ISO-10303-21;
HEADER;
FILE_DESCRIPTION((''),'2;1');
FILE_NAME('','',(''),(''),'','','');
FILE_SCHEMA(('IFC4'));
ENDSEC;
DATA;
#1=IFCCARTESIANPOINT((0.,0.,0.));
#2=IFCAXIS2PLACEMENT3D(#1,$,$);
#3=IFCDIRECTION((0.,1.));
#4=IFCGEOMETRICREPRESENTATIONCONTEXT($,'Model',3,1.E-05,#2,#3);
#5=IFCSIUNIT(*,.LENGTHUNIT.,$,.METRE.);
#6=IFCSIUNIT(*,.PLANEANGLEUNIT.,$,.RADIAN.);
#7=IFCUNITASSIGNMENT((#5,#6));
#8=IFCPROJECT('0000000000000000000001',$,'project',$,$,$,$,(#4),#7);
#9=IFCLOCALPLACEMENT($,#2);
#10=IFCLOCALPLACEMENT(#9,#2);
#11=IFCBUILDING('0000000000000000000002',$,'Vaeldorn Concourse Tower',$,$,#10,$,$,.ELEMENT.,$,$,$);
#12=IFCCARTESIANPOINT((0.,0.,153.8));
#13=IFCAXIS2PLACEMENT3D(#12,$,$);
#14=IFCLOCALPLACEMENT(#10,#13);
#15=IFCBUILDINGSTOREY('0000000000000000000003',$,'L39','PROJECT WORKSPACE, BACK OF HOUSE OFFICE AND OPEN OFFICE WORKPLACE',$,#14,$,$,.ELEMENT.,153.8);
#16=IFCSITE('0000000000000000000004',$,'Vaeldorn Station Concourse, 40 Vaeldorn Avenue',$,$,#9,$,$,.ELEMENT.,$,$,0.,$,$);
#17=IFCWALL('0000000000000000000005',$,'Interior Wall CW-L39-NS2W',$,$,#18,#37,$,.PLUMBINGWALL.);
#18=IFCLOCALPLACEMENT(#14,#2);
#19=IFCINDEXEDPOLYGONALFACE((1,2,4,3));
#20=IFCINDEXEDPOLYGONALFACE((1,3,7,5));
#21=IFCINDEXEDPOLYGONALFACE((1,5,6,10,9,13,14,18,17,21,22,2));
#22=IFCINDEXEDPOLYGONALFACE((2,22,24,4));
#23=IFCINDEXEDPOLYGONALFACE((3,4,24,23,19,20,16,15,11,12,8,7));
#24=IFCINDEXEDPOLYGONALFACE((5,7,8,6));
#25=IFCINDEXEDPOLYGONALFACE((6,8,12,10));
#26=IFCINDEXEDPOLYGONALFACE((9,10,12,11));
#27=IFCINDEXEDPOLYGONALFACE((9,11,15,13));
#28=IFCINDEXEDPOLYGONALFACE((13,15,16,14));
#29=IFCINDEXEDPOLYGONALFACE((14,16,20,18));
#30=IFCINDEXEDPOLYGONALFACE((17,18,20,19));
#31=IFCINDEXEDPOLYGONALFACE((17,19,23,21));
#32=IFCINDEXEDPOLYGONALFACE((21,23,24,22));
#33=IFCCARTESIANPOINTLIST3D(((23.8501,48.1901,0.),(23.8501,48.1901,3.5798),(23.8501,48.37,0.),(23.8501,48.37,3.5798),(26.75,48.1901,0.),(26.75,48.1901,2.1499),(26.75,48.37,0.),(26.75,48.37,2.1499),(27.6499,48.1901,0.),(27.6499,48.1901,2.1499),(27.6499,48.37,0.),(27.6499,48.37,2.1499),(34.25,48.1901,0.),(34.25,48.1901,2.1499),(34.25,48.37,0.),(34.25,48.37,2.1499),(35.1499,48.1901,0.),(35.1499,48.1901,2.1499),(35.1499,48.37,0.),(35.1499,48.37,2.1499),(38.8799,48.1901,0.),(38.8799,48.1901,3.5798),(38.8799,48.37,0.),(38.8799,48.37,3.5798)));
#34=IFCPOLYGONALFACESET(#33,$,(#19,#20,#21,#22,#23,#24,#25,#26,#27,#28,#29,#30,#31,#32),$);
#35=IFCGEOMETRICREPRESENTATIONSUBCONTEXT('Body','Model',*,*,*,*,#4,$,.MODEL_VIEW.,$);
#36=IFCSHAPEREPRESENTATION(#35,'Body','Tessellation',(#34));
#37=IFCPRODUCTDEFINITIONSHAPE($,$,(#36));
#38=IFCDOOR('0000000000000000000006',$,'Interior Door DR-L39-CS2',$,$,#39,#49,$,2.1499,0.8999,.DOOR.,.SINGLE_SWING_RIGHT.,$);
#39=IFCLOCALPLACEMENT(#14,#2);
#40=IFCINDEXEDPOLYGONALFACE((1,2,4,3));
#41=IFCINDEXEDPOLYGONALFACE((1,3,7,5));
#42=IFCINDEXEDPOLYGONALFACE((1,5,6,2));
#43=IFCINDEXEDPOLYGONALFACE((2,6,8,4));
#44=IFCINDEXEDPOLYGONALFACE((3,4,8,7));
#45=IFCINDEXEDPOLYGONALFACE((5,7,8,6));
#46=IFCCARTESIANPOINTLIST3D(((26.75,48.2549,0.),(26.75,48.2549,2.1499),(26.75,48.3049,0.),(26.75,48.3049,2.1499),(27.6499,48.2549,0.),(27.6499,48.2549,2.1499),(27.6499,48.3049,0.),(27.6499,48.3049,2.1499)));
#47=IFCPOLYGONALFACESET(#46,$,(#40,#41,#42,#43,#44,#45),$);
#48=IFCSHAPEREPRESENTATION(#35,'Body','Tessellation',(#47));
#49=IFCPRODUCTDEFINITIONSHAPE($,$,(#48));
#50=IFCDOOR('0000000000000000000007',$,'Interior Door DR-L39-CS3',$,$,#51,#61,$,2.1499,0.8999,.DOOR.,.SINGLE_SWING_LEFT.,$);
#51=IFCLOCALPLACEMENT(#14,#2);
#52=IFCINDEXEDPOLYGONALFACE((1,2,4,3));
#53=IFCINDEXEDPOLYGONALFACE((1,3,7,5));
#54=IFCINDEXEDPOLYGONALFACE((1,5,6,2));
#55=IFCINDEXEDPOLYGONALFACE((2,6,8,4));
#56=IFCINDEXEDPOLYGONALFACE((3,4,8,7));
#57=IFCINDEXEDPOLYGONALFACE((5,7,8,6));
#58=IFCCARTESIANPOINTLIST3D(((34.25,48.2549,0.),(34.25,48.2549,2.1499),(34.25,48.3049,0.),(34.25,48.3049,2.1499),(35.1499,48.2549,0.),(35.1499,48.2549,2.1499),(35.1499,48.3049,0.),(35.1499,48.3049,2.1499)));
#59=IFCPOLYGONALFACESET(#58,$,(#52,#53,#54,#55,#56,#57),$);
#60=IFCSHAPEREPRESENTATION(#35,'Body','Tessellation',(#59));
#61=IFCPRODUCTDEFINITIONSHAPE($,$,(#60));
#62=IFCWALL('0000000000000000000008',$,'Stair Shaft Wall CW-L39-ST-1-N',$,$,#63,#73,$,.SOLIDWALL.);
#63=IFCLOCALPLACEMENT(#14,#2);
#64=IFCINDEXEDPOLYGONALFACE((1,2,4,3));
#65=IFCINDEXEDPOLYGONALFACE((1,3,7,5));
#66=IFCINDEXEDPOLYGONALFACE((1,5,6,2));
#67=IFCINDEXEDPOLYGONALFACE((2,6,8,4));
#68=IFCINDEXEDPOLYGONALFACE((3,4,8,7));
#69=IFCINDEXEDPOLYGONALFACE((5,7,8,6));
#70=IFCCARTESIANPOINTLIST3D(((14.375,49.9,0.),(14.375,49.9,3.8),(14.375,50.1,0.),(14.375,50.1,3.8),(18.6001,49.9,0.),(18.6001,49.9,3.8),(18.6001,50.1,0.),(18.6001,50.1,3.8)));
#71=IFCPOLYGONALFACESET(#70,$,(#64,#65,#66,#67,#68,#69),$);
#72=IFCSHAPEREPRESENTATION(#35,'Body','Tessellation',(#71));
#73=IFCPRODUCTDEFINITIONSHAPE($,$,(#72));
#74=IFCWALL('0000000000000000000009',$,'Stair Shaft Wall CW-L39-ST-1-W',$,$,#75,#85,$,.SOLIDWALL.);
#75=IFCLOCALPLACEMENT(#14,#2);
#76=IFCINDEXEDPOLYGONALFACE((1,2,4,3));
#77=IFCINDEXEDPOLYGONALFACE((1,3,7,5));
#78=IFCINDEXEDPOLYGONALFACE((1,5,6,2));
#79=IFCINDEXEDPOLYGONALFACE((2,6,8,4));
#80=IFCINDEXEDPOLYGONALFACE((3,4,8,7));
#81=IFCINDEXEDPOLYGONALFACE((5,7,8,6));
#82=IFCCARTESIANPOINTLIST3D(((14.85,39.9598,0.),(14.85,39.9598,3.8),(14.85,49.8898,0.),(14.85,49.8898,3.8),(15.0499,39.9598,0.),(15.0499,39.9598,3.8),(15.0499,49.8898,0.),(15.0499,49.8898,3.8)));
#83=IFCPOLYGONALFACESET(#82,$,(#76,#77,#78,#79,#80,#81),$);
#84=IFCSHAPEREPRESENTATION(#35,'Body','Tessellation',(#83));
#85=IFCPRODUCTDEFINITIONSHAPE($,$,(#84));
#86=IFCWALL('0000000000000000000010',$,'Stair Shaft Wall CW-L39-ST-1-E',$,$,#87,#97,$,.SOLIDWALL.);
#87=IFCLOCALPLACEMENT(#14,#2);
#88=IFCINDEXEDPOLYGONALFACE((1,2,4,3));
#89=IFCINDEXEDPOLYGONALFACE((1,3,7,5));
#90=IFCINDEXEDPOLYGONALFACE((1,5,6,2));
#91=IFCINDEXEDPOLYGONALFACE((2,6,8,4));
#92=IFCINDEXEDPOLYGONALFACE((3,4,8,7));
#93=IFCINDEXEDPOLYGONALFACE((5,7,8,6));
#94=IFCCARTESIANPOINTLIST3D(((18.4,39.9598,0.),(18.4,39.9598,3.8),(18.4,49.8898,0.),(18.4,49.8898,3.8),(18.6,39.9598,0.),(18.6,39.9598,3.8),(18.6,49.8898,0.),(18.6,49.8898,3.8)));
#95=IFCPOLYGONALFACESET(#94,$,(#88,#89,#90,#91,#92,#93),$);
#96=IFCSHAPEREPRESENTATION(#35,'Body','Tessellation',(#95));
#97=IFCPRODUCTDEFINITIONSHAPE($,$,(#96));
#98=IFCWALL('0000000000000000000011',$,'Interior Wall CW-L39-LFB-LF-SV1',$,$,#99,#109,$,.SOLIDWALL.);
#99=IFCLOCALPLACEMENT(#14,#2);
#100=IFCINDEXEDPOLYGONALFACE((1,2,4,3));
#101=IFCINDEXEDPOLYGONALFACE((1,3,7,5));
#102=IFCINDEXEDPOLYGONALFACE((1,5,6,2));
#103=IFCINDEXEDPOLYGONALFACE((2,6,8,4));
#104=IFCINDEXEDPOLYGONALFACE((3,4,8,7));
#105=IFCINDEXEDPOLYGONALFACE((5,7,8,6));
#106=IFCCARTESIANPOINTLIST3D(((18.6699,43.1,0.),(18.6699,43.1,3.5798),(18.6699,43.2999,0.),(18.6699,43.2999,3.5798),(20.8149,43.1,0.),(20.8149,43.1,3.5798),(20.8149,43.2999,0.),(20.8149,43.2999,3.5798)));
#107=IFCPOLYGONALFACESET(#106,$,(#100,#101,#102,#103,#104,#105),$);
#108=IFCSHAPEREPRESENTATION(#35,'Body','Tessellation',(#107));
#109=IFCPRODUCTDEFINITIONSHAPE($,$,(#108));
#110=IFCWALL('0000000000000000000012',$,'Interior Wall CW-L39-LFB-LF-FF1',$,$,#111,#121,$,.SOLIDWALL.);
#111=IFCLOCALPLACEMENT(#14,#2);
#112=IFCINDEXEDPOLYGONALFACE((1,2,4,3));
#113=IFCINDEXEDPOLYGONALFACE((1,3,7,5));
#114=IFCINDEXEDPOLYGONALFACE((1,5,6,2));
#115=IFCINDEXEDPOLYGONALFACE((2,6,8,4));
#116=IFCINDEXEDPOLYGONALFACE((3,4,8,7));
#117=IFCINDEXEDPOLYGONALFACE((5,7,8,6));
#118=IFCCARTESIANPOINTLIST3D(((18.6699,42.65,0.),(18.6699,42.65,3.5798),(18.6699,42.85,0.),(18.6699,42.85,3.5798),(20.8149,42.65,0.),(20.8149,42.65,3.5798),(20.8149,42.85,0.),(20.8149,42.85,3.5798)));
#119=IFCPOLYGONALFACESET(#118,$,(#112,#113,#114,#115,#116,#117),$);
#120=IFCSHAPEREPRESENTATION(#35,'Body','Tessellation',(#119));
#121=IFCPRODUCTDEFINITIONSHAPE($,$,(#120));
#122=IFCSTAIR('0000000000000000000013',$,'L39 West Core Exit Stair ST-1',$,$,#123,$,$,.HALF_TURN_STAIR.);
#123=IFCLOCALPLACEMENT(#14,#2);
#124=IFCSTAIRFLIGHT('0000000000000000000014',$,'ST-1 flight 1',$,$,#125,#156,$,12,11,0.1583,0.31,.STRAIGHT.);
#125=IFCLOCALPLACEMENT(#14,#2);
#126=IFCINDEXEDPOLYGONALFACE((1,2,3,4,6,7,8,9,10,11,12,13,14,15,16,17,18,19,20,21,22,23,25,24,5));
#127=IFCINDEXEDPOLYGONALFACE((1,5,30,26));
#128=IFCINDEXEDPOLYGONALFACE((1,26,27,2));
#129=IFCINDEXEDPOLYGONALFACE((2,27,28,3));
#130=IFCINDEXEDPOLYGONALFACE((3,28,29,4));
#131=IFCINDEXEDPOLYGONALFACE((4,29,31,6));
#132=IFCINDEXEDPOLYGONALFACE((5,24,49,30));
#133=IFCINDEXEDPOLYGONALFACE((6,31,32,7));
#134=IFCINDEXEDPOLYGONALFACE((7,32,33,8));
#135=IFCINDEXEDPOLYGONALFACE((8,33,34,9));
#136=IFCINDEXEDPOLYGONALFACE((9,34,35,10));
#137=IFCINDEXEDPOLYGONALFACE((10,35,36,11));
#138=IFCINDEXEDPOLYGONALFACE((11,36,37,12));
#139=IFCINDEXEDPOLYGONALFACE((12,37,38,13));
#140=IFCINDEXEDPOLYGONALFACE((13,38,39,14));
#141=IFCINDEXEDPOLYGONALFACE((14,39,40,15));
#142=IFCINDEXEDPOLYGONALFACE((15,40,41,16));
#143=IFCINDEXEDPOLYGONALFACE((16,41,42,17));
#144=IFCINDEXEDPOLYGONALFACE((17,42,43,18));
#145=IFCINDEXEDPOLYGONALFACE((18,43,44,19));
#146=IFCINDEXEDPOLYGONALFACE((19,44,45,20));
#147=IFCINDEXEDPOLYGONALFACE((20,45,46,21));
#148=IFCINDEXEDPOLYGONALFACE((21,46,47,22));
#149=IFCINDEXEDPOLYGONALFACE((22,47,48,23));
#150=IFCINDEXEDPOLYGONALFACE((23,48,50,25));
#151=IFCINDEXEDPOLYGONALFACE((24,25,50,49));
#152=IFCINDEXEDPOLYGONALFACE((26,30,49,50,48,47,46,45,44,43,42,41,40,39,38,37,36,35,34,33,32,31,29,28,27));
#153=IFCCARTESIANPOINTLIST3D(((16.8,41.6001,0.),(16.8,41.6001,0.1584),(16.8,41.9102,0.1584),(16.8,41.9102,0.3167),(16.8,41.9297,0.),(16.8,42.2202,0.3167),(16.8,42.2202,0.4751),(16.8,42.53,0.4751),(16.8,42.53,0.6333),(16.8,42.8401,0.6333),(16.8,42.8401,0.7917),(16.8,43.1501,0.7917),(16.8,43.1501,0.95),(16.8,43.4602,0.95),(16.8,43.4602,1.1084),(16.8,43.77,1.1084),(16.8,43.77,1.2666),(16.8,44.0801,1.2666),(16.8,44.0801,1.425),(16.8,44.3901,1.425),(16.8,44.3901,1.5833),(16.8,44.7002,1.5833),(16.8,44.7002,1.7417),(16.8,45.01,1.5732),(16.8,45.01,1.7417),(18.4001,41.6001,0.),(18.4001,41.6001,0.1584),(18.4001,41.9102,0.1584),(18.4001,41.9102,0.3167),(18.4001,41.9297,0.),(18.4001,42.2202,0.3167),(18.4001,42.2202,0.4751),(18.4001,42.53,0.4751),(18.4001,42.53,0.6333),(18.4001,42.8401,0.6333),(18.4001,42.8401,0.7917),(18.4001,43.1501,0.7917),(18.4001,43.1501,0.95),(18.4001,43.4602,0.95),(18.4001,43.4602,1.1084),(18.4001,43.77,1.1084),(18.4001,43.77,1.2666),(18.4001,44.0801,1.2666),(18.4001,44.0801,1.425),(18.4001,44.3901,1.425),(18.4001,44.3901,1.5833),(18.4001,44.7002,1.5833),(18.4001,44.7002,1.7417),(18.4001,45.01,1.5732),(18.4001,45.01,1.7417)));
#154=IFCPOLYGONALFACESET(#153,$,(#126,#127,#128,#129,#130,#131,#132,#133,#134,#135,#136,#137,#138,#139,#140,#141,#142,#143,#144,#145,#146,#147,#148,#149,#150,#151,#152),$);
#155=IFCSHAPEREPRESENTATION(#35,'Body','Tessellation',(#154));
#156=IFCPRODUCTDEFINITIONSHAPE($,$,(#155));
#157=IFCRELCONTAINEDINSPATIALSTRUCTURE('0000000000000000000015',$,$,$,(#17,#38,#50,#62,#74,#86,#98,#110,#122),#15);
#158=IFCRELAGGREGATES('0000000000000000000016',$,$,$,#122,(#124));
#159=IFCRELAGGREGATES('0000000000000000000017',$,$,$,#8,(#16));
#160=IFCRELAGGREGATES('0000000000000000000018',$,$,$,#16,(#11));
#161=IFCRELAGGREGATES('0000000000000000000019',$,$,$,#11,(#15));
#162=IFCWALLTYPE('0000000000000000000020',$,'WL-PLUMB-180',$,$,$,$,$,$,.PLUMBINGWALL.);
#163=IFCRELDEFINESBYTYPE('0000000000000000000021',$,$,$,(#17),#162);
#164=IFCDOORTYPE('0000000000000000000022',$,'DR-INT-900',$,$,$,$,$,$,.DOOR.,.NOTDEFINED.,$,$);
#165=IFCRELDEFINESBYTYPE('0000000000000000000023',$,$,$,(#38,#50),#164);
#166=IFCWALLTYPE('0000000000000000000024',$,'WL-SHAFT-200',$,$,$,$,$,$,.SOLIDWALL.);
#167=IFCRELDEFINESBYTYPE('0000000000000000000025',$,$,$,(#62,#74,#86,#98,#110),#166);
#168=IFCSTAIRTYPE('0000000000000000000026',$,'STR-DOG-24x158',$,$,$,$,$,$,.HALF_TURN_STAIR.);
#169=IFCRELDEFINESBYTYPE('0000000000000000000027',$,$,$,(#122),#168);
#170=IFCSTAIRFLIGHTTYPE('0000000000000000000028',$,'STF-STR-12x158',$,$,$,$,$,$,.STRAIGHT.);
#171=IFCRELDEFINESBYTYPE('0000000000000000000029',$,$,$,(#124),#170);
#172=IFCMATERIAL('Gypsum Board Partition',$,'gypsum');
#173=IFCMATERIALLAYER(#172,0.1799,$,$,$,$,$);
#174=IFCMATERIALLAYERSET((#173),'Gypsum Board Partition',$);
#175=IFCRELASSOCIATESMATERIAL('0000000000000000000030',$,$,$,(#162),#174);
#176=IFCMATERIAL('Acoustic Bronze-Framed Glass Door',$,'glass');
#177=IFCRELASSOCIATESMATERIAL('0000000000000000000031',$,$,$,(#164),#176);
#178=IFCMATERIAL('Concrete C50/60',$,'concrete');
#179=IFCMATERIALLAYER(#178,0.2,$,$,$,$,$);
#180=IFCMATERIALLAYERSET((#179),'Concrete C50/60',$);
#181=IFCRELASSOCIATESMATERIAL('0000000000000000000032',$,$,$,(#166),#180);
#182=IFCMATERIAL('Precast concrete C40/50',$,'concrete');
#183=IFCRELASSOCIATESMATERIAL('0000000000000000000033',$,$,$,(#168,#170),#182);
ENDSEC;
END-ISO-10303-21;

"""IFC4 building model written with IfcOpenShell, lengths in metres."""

from ifc_helpers import new_model, si_unit, direction, frame, frame_2d, origin, place, context, subcontext, project, spatial, polyline, rectangle, outline, extrude, source, transform, mapped, material, layer, layer_set, type_object, element, fill, aggregate, save


model = new_model("IFC4")

# Units and contexts
model_context = context("Model", 3, precision=1e-05, world=origin(), true_north=direction((0.0, 1.0)))
body_context = subcontext(model_context, "Body", "Model", "MODEL_VIEW")
ifc_project = project(units=[si_unit("LENGTHUNIT", "METRE"), si_unit("PLANEANGLEUNIT", "RADIAN")], contexts=[model_context])

# Site, building, storey
site_placement = place(None, origin())
site = spatial("IfcSite", under=ifc_project, at=site_placement, Name="Vaeldorn Station Concourse, 40 Vaeldorn Avenue", CompositionType="ELEMENT", RefElevation=0.0)
building_placement = place(site_placement, origin())
building = spatial("IfcBuilding", under=site, at=building_placement, Name="Vaeldorn Concourse Tower", CompositionType="ELEMENT")
storey_placement = place(building_placement, frame((0.0, 0.0, 153.8)))
storey = spatial("IfcBuildingStorey", under=building, at=storey_placement, Name="L39", Description="PROJECT WORKSPACE, BACK OF HOUSE OFFICE AND OPEN OFFICE WORKPLACE", CompositionType="ELEMENT", Elevation=153.8)

# Shared definitions
ifc_material_1 = material(Name="Gypsum Board Partition", Category="gypsum")

# Wall, openings, doors
ifc_layer_1 = layer(ifc_material_1, 0.1799)
ifc_layer_set_1 = layer_set([ifc_layer_1], Name="Gypsum Board Partition")
wall_type_1 = type_object("IfcWallType", Name="WL-PLUMB-180", PredefinedType="PLUMBINGWALL", material=ifc_layer_set_1)
wall_1_placement = place(storey_placement, frame((23.8501, 48.28, 0.0), z_axis=(0.0, 0.0, 1.0), x_axis=(1.0, 0.0, 0.0)))
wall_1 = element("IfcWall", 1, at=wall_1_placement, inside=storey, type_object=wall_type_1, Name="Interior Wall CW-L39-NS2W", PredefinedType="PLUMBINGWALL", context=body_context, shape_type="SweptSolid", body=[
    extrude(rectangle(XDim=15.0298, YDim=0.1799, at=frame_2d((7.5149, 0.0))), origin(), (0.0, 0.0, 1.0), 3.5798),
])
opening_1_placement = place(wall_1_placement, frame((2.8999, 0.0, 0.0)))
opening_1 = element("IfcOpeningElement", 2, at=opening_1_placement, cuts=wall_1, PredefinedType="OPENING", context=body_context, shape_type="SweptSolid", body=[
    extrude(rectangle(XDim=0.8999, YDim=2.1499, at=frame_2d((0.45, 1.075))), frame((0.0, 0.1001, 0.0), z_axis=(0.0, -1.0, 0.0), x_axis=(1.0, 0.0, 0.0)), (0.0, 0.0, 1.0), 0.2),
])
opening_2_placement = place(wall_1_placement, frame((10.3999, 0.0, 0.0)))
opening_2 = element("IfcOpeningElement", 3, at=opening_2_placement, cuts=wall_1, PredefinedType="OPENING", context=body_context, shape_type="SweptSolid", body=[
    extrude(rectangle(XDim=0.8999, YDim=2.1499, at=frame_2d((0.45, 1.075))), frame((0.0, 0.1001, 0.0), z_axis=(0.0, -1.0, 0.0), x_axis=(1.0, 0.0, 0.0)), (0.0, 0.0, 1.0), 0.2),
])
ifc_material_2 = material(Name="Acoustic Bronze-Framed Glass Door", Category="glass")
door_type_1 = type_object("IfcDoorType", Name="DR-INT-900", OperationType="NOTDEFINED", PredefinedType="DOOR", material=ifc_material_2)
shared_shape_1 = source(origin(), body_context, "Body", "SweptSolid", [
    extrude(rectangle(XDim=0.8999, YDim=2.1499, at=frame_2d((0.45, 1.075))), frame((0.0, 0.0249, 0.0), z_axis=(0.0, -1.0, 0.0), x_axis=(1.0, 0.0, 0.0)), (0.0, 0.0, 1.0), 0.05),
])
door_1_placement = place(opening_1_placement, origin())
door_1 = element("IfcDoor", 4, at=door_1_placement, inside=storey, type_object=door_type_1, Name="Interior Door DR-L39-CS2", OperationType="SINGLE_SWING_RIGHT", OverallHeight=2.1499, OverallWidth=0.8999, PredefinedType="DOOR", context=body_context, shape_type="MappedRepresentation", body=[
    mapped(shared_shape_1, transform((0.0, 0.0, 0.0), scale=1.0)),
])
fill(opening_1, door_1)
door_2_placement = place(opening_2_placement, origin())
door_2 = element("IfcDoor", 5, at=door_2_placement, inside=storey, type_object=door_type_1, Name="Interior Door DR-L39-CS3", OperationType="SINGLE_SWING_LEFT", OverallHeight=2.1499, OverallWidth=0.8999, PredefinedType="DOOR", context=body_context, shape_type="MappedRepresentation", body=[
    mapped(shared_shape_1, transform((0.0, 0.0, 0.0), scale=1.0)),
])
fill(opening_2, door_2)

# Walls
ifc_material_3 = material(Name="Concrete C50/60", Category="concrete")
ifc_layer_2 = layer(ifc_material_3, 0.2)
ifc_layer_set_2 = layer_set([ifc_layer_2], Name="Concrete C50/60")
wall_type_2 = type_object("IfcWallType", Name="WL-SHAFT-200", PredefinedType="SOLIDWALL", material=ifc_layer_set_2)
wall_2_placement = place(storey_placement, frame((14.375, 50.0, 0.0), z_axis=(0.0, 0.0, 1.0), x_axis=(1.0, 0.0, 0.0)))
element("IfcWall", 6, at=wall_2_placement, inside=storey, type_object=wall_type_2, Name="Stair Shaft Wall CW-L39-ST-1-N", PredefinedType="SOLIDWALL", context=body_context, shape_type="SweptSolid", body=[
    extrude(rectangle(XDim=4.2251, YDim=0.2, at=frame_2d((2.1125, 0.0))), origin(), (0.0, 0.0, 1.0), 3.8),
])
for number, where, z_axis, x_axis, name in (
    (7, (14.95, 39.96, 0.0), (0.0, 0.0, 1.0), (0.0, 1.0, 0.0), "Stair Shaft Wall CW-L39-ST-1-W"),
    (8, (18.5, 39.96, 0.0), (0.0, 0.0, 1.0), (0.0, 1.0, 0.0), "Stair Shaft Wall CW-L39-ST-1-E"),
):
    element("IfcWall", number, at=place(storey_placement, frame(where, z_axis=z_axis, x_axis=x_axis)), inside=storey, type_object=wall_type_2, Name=name, PredefinedType="SOLIDWALL", context=body_context, shape_type="SweptSolid", body=[
        extrude(rectangle(XDim=9.9299, YDim=0.2, at=frame_2d((4.9648, 0.0))), origin(), (0.0, 0.0, 1.0), 3.8),
    ])

# Walls
for number, where, z_axis, x_axis, name in (
    (9, (18.6699, 43.2, 0.0), (0.0, 0.0, 1.0), (1.0, 0.0, 0.0), "Interior Wall CW-L39-LFB-LF-SV1"),
    (10, (18.6699, 42.75, 0.0), (0.0, 0.0, 1.0), (1.0, 0.0, 0.0), "Interior Wall CW-L39-LFB-LF-FF1"),
):
    element("IfcWall", number, at=place(storey_placement, frame(where, z_axis=z_axis, x_axis=x_axis)), inside=storey, type_object=wall_type_2, Name=name, PredefinedType="SOLIDWALL", context=body_context, shape_type="SweptSolid", body=[
        extrude(rectangle(XDim=2.145, YDim=0.2, at=frame_2d((1.0725, 0.0))), origin(), (0.0, 0.0, 1.0), 3.5798),
    ])

# Stair, stair flight
ifc_material_4 = material(Name="Precast concrete C40/50", Category="concrete")
stair_type = type_object("IfcStairType", Name="STR-DOG-24x158", PredefinedType="HALF_TURN_STAIR", material=ifc_material_4)
stair_placement = place(storey_placement, origin())
stair = element("IfcStair", 11, at=stair_placement, inside=storey, type_object=stair_type, Name="L39 West Core Exit Stair ST-1", PredefinedType="HALF_TURN_STAIR")
stair_flight_type = type_object("IfcStairFlightType", Name="STF-STR-12x158", PredefinedType="STRAIGHT", material=ifc_material_4)
stair_flight_1_placement = place(storey_placement, frame((17.6001, 41.6001, 0.0), z_axis=(0.0, 0.0, 1.0), x_axis=(0.0, 1.0, 0.0)))
stair_flight_1 = element("IfcStairFlight", 12, at=stair_flight_1_placement, type_object=stair_flight_type, Name="ST-1 flight 1", NumberOfRisers=12, NumberOfTreads=11, PredefinedType="STRAIGHT", RiserHeight=0.1583, TreadLength=0.31, context=body_context, shape_type="SweptSolid", body=[
    extrude(outline(polyline([(0.0, 0.0), (0.0, 0.1584), (0.3101, 0.1584), (0.3101, 0.3167), (0.6201, 0.3167), (0.6201, 0.4751), (0.9299, 0.4751), (0.9299, 0.6333), (1.24, 0.6333), (1.24, 0.7917), (1.55, 0.7917), (1.55, 0.95), (1.8601, 0.95), (1.8601, 1.1084), (2.1699, 1.1084), (2.1699, 1.2666), (2.48, 1.2666), (2.48, 1.425), (2.79, 1.425), (2.79, 1.5833), (3.1001, 1.5833), (3.1001, 1.7417), (3.4099, 1.7417), (3.4099, 1.8999), (3.4099, 1.5732), (0.3296, 0.0), (0.0, 0.0)])), frame((0.0, 0.8, 0.0), z_axis=(0.0, -1.0, 0.0), x_axis=(1.0, 0.0, 0.0)), (0.0, 0.0, 1.0), 1.6001),
])
aggregate(stair, [stair_flight_1])

save(model, "model.ifc")
